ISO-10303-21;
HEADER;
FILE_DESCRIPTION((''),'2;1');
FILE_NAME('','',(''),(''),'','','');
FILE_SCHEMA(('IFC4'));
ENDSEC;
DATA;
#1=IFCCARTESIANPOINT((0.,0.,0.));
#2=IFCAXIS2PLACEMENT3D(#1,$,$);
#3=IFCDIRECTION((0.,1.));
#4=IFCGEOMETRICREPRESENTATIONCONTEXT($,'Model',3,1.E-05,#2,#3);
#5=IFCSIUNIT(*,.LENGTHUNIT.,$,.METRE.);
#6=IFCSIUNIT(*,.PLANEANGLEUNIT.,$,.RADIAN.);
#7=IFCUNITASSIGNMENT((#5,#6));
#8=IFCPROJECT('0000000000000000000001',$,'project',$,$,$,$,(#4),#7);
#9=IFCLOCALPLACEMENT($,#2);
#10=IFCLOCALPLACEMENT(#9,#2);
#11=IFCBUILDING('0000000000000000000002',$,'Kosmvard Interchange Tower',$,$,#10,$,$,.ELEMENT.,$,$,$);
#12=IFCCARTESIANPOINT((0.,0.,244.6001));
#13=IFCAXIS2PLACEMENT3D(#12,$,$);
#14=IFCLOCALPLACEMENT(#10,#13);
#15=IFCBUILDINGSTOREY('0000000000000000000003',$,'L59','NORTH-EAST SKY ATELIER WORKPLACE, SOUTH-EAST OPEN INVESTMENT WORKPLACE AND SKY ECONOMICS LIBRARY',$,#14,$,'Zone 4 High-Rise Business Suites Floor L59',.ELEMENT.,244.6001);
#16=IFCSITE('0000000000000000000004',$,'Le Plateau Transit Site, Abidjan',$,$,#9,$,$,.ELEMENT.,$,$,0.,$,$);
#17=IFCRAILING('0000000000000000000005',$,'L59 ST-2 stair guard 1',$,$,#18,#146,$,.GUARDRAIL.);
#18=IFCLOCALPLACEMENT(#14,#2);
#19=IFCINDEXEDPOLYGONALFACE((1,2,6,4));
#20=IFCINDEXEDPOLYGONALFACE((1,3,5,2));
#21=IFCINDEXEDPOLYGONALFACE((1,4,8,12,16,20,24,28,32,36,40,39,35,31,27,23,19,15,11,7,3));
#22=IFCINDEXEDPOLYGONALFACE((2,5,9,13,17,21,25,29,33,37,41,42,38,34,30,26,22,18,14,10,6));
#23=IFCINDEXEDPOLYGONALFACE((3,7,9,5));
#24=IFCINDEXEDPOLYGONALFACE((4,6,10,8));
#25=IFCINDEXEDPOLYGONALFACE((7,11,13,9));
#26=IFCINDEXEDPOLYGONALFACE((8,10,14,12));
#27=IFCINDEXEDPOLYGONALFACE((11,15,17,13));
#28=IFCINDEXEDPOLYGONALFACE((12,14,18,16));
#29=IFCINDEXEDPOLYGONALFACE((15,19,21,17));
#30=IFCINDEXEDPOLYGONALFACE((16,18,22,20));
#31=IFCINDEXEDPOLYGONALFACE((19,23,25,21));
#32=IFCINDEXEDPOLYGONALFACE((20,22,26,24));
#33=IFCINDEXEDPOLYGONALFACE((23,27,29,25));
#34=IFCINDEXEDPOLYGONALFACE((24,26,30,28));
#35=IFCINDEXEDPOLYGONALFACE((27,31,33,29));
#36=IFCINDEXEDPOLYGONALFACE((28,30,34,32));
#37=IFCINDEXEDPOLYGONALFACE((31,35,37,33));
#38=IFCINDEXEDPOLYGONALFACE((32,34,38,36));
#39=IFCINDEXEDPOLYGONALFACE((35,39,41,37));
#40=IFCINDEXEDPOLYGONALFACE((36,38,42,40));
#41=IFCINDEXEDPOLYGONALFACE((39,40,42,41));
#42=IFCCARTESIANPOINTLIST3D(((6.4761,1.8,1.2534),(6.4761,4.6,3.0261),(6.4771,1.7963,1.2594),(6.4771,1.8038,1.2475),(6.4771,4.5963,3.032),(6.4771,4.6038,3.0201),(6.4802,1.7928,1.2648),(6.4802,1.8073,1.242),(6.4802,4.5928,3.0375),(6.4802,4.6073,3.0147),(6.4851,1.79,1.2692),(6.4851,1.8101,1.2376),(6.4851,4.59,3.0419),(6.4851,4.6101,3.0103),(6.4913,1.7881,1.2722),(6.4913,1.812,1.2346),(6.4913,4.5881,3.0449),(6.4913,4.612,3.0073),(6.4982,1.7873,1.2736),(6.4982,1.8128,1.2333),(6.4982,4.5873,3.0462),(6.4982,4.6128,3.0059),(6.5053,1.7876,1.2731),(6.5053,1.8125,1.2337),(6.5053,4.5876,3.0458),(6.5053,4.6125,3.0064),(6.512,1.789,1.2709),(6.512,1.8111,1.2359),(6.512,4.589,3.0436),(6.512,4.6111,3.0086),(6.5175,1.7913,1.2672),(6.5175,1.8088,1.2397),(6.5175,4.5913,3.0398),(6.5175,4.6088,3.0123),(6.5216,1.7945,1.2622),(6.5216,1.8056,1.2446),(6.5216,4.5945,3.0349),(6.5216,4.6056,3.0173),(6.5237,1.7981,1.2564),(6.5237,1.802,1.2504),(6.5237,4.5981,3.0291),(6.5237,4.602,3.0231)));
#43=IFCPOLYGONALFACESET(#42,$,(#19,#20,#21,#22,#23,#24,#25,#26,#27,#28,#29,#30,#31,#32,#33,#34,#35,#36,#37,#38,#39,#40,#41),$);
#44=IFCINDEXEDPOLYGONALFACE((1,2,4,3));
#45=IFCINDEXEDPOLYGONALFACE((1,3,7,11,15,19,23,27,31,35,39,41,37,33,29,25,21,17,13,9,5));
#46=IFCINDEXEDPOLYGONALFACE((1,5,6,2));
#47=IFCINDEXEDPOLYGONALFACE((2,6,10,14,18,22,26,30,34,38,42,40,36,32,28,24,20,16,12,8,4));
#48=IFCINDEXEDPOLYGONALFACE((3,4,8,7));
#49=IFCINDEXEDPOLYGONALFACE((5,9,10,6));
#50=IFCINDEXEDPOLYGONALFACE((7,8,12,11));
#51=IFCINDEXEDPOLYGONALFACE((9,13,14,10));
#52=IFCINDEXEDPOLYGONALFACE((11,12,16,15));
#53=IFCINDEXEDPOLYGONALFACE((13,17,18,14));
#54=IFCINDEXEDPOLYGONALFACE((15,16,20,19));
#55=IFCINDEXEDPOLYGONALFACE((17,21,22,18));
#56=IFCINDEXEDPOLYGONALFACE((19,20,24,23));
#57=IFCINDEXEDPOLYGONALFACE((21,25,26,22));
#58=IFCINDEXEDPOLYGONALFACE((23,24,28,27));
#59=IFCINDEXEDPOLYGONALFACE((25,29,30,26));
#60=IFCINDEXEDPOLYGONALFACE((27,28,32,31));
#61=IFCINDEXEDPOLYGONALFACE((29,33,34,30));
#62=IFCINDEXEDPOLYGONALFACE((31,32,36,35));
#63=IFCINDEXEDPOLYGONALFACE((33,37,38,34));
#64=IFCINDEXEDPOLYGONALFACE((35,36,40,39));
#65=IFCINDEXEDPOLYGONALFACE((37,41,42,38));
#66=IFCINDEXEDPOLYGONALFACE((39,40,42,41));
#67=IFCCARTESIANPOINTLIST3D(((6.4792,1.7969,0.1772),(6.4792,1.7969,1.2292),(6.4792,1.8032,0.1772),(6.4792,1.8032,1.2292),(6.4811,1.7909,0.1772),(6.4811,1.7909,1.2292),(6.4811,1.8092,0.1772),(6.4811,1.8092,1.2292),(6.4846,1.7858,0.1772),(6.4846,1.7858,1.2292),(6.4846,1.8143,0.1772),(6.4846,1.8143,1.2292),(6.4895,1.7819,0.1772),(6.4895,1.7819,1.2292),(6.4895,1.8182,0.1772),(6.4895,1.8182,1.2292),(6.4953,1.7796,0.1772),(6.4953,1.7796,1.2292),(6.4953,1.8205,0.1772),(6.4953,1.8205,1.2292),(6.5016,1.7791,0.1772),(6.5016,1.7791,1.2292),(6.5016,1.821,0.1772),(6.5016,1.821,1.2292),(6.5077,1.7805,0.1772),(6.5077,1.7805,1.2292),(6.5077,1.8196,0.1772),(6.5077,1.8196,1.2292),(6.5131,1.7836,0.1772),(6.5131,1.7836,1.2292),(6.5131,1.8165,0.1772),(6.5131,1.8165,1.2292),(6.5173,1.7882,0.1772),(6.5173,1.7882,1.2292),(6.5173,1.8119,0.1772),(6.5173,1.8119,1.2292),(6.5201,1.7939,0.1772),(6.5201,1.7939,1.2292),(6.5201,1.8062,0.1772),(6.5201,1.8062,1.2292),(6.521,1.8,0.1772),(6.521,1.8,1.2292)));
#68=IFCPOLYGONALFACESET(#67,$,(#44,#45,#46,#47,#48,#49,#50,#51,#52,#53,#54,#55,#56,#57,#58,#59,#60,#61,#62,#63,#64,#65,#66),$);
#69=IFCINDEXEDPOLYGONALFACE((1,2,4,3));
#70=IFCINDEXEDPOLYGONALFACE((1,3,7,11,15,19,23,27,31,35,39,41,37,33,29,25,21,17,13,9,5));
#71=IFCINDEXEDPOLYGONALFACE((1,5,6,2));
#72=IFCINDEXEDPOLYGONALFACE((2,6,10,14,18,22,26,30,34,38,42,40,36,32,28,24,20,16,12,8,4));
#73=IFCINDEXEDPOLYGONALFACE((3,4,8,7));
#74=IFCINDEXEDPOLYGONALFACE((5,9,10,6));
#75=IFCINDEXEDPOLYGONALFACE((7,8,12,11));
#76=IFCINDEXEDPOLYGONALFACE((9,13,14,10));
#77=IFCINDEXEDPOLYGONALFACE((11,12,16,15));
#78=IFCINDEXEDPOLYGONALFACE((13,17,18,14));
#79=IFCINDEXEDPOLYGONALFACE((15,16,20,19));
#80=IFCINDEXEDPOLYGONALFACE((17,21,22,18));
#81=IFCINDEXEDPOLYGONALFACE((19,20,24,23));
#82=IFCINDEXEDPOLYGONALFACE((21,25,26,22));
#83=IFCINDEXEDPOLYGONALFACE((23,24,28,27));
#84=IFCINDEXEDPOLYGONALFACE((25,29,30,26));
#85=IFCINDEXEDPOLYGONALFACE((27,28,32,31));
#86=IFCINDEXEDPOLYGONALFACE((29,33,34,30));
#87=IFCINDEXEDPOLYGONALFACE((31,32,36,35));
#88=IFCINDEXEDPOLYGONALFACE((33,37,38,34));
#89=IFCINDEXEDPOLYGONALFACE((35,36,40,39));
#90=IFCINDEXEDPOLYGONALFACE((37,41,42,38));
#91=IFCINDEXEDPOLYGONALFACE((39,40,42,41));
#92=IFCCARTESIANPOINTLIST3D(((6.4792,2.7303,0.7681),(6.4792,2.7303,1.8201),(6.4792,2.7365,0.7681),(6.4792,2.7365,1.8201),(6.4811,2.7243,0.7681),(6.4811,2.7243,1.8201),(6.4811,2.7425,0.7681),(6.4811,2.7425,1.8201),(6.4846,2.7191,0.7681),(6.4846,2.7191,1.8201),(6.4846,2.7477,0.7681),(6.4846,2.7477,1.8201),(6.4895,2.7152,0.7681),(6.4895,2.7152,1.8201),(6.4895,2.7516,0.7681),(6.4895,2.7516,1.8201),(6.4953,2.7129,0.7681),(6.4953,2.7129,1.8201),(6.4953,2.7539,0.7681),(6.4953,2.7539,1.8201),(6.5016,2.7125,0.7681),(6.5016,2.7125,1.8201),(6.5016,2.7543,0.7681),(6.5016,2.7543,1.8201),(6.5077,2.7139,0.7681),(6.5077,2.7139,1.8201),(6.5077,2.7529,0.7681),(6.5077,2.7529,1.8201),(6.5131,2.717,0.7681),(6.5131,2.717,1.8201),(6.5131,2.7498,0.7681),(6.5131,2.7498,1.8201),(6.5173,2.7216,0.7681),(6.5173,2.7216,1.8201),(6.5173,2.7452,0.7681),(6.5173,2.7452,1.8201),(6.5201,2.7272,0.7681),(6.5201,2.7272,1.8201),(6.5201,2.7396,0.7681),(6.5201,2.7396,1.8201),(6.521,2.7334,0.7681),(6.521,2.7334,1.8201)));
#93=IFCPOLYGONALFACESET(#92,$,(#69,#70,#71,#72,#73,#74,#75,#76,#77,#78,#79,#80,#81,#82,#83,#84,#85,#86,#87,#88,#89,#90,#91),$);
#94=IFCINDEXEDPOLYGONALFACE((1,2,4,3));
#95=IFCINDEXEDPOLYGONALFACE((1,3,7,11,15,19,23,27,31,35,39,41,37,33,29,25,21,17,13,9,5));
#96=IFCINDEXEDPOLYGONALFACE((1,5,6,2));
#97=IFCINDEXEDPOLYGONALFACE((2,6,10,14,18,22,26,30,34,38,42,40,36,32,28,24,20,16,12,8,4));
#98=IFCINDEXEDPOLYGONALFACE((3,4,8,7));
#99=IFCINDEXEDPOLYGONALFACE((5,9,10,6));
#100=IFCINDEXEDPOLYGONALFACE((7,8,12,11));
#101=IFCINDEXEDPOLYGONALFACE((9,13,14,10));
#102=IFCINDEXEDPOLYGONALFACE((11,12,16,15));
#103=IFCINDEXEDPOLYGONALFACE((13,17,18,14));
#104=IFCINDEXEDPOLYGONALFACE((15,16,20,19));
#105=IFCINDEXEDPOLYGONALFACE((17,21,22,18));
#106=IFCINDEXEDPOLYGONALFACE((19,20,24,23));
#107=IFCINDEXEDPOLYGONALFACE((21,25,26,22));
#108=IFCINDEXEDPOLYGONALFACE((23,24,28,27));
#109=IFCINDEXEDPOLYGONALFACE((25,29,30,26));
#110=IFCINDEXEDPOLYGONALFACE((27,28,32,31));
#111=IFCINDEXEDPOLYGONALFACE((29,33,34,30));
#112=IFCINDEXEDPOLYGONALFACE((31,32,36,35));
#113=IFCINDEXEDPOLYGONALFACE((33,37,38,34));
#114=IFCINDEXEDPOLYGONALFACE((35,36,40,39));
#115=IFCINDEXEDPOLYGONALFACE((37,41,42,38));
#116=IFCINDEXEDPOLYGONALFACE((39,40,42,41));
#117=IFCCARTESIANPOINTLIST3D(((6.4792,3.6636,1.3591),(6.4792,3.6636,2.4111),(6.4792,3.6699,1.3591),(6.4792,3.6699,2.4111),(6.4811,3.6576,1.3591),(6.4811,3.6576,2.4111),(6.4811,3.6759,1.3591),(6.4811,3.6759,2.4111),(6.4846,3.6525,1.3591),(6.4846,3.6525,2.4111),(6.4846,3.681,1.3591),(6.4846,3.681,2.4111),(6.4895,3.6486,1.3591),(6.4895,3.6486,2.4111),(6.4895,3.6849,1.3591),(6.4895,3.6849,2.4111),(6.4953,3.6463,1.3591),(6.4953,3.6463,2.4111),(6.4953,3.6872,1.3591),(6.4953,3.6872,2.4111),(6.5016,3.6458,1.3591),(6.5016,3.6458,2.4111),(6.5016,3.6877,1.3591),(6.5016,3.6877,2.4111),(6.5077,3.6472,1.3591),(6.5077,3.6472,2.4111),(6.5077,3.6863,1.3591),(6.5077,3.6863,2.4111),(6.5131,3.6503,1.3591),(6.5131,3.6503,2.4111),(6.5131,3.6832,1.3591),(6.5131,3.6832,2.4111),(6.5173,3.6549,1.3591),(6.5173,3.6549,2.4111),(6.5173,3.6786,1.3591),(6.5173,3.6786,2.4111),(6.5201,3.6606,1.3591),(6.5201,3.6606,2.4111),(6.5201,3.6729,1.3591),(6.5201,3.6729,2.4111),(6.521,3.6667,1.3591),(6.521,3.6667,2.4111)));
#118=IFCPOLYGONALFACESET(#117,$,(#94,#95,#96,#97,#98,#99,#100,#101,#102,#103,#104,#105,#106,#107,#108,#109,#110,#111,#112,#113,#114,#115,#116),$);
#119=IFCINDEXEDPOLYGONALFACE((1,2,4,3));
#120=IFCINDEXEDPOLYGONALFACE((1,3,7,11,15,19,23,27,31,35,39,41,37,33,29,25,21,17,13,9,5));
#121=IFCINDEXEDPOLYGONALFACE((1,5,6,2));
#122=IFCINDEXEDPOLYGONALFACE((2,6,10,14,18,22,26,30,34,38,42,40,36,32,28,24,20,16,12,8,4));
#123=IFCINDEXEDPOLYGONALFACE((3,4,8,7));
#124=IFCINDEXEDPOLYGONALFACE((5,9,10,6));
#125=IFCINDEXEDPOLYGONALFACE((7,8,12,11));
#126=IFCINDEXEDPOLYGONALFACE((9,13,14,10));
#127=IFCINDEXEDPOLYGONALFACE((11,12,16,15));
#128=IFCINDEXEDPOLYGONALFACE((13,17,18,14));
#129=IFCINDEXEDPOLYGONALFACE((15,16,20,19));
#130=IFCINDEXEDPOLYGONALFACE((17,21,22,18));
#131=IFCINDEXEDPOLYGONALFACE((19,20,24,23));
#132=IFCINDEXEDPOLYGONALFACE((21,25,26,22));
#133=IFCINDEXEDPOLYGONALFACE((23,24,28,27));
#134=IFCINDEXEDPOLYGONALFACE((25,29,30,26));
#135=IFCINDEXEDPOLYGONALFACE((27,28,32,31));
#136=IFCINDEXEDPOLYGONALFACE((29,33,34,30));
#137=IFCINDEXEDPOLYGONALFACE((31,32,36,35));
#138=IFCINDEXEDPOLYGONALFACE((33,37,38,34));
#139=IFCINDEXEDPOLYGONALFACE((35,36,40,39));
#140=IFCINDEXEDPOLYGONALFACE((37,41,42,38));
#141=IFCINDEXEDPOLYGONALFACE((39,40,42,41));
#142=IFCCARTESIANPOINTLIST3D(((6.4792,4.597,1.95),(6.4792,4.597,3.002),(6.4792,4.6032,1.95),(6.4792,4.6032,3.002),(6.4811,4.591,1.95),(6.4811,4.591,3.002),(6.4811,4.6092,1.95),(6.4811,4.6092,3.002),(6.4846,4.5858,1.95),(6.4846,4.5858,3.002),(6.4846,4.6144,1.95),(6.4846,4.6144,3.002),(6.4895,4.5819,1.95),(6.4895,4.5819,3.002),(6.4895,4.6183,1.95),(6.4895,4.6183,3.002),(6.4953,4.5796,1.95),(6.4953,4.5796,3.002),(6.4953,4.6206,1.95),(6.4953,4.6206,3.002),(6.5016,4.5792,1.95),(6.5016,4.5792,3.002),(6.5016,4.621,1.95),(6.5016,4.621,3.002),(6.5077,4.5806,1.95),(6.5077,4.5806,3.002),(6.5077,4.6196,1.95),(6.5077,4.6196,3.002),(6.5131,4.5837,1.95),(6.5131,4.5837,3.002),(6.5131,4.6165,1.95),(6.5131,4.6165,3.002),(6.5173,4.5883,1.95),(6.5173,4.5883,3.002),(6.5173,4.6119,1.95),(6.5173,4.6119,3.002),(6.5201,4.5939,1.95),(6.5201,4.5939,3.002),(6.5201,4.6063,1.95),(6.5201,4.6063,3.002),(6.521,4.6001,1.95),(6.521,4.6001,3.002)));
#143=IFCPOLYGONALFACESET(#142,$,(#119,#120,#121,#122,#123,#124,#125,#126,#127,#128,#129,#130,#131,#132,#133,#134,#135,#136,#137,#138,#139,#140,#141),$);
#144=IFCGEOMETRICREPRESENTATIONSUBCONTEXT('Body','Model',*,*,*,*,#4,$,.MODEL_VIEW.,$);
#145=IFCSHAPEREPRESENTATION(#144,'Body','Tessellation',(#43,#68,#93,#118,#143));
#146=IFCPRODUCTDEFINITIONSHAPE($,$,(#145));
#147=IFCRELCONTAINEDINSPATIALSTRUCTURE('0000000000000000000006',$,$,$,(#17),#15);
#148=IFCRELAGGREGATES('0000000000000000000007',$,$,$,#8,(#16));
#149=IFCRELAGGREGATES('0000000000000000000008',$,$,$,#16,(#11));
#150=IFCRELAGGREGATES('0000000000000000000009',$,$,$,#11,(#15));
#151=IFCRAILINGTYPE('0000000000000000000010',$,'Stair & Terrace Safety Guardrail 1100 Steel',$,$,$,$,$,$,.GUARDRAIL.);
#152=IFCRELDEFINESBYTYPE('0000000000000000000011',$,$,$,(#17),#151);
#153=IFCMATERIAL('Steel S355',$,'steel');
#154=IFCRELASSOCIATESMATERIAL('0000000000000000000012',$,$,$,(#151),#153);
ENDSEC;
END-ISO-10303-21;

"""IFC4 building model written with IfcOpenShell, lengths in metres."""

from ifc_helpers import new_model, si_unit, direction, frame, origin, origin_2d, place, context, subcontext, project, spatial, circle, extrude, source, transform, mapped, material, type_object, element, save


model = new_model("IFC4")

# Units and contexts
model_context = context("Model", 3, precision=1e-05, world=origin(), true_north=direction((0.0, 1.0)))
body_context = subcontext(model_context, "Body", "Model", "MODEL_VIEW")
ifc_project = project(units=[si_unit("LENGTHUNIT", "METRE"), si_unit("PLANEANGLEUNIT", "RADIAN")], contexts=[model_context])

# Site, building, storey
site_placement = place(None, origin())
site = spatial("IfcSite", under=ifc_project, at=site_placement, Name="Le Plateau Transit Site, Abidjan", CompositionType="ELEMENT", RefElevation=0.0)
building_placement = place(site_placement, origin())
building = spatial("IfcBuilding", under=site, at=building_placement, Name="Kosmvard Interchange Tower", CompositionType="ELEMENT")
storey_placement = place(building_placement, frame((0.0, 0.0, 244.6001)))
storey = spatial("IfcBuildingStorey", under=building, at=storey_placement, Name="L59", Description="NORTH-EAST SKY ATELIER WORKPLACE, SOUTH-EAST OPEN INVESTMENT WORKPLACE AND SKY ECONOMICS LIBRARY", LongName="Zone 4 High-Rise Business Suites Floor L59", CompositionType="ELEMENT", Elevation=244.6001)

# Shared definitions
ifc_material_1 = material(Name="Steel S355", Category="steel")

# Railing
railing_type_1 = type_object("IfcRailingType", Name="Stair & Terrace Safety Guardrail 1100 Steel", PredefinedType="GUARDRAIL", material=ifc_material_1)
shared_shape_1 = source(origin(), body_context, "Body", "SweptSolid", [
    extrude(circle(Radius=0.0239, at=origin_2d()), frame((0.0, 0.0, 1.0762), z_axis=(0.0, 0.844909, 0.53491), x_axis=(-1.0, 0.0, 0.0)), (0.0, 0.0, 1.0), 3.314),
    extrude(circle(Radius=0.021, at=origin_2d()), origin(), (0.0, 0.0, 1.0), 1.052),
    extrude(circle(Radius=0.021, at=origin_2d()), frame((0.0, 0.9333, 0.5908)), (0.0, 0.0, 1.0), 1.052),
    extrude(circle(Radius=0.021, at=origin_2d()), frame((0.0, 1.8667, 1.1819)), (0.0, 0.0, 1.0), 1.052),
    extrude(circle(Radius=0.021, at=origin_2d()), frame((0.0, 2.8, 1.7727)), (0.0, 0.0, 1.0), 1.052),
])
railing_1_placement = place(storey_placement, frame((6.5, 1.8, 0.1772)))
element("IfcRailing", 1, at=railing_1_placement, inside=storey, type_object=railing_type_1, Name="L59 ST-2 stair guard 1", PredefinedType="GUARDRAIL", context=body_context, shape_type="MappedRepresentation", body=[
    mapped(shared_shape_1, transform((0.0, 0.0, 0.0), scale=1.0)),
])

save(model, "model.ifc")
